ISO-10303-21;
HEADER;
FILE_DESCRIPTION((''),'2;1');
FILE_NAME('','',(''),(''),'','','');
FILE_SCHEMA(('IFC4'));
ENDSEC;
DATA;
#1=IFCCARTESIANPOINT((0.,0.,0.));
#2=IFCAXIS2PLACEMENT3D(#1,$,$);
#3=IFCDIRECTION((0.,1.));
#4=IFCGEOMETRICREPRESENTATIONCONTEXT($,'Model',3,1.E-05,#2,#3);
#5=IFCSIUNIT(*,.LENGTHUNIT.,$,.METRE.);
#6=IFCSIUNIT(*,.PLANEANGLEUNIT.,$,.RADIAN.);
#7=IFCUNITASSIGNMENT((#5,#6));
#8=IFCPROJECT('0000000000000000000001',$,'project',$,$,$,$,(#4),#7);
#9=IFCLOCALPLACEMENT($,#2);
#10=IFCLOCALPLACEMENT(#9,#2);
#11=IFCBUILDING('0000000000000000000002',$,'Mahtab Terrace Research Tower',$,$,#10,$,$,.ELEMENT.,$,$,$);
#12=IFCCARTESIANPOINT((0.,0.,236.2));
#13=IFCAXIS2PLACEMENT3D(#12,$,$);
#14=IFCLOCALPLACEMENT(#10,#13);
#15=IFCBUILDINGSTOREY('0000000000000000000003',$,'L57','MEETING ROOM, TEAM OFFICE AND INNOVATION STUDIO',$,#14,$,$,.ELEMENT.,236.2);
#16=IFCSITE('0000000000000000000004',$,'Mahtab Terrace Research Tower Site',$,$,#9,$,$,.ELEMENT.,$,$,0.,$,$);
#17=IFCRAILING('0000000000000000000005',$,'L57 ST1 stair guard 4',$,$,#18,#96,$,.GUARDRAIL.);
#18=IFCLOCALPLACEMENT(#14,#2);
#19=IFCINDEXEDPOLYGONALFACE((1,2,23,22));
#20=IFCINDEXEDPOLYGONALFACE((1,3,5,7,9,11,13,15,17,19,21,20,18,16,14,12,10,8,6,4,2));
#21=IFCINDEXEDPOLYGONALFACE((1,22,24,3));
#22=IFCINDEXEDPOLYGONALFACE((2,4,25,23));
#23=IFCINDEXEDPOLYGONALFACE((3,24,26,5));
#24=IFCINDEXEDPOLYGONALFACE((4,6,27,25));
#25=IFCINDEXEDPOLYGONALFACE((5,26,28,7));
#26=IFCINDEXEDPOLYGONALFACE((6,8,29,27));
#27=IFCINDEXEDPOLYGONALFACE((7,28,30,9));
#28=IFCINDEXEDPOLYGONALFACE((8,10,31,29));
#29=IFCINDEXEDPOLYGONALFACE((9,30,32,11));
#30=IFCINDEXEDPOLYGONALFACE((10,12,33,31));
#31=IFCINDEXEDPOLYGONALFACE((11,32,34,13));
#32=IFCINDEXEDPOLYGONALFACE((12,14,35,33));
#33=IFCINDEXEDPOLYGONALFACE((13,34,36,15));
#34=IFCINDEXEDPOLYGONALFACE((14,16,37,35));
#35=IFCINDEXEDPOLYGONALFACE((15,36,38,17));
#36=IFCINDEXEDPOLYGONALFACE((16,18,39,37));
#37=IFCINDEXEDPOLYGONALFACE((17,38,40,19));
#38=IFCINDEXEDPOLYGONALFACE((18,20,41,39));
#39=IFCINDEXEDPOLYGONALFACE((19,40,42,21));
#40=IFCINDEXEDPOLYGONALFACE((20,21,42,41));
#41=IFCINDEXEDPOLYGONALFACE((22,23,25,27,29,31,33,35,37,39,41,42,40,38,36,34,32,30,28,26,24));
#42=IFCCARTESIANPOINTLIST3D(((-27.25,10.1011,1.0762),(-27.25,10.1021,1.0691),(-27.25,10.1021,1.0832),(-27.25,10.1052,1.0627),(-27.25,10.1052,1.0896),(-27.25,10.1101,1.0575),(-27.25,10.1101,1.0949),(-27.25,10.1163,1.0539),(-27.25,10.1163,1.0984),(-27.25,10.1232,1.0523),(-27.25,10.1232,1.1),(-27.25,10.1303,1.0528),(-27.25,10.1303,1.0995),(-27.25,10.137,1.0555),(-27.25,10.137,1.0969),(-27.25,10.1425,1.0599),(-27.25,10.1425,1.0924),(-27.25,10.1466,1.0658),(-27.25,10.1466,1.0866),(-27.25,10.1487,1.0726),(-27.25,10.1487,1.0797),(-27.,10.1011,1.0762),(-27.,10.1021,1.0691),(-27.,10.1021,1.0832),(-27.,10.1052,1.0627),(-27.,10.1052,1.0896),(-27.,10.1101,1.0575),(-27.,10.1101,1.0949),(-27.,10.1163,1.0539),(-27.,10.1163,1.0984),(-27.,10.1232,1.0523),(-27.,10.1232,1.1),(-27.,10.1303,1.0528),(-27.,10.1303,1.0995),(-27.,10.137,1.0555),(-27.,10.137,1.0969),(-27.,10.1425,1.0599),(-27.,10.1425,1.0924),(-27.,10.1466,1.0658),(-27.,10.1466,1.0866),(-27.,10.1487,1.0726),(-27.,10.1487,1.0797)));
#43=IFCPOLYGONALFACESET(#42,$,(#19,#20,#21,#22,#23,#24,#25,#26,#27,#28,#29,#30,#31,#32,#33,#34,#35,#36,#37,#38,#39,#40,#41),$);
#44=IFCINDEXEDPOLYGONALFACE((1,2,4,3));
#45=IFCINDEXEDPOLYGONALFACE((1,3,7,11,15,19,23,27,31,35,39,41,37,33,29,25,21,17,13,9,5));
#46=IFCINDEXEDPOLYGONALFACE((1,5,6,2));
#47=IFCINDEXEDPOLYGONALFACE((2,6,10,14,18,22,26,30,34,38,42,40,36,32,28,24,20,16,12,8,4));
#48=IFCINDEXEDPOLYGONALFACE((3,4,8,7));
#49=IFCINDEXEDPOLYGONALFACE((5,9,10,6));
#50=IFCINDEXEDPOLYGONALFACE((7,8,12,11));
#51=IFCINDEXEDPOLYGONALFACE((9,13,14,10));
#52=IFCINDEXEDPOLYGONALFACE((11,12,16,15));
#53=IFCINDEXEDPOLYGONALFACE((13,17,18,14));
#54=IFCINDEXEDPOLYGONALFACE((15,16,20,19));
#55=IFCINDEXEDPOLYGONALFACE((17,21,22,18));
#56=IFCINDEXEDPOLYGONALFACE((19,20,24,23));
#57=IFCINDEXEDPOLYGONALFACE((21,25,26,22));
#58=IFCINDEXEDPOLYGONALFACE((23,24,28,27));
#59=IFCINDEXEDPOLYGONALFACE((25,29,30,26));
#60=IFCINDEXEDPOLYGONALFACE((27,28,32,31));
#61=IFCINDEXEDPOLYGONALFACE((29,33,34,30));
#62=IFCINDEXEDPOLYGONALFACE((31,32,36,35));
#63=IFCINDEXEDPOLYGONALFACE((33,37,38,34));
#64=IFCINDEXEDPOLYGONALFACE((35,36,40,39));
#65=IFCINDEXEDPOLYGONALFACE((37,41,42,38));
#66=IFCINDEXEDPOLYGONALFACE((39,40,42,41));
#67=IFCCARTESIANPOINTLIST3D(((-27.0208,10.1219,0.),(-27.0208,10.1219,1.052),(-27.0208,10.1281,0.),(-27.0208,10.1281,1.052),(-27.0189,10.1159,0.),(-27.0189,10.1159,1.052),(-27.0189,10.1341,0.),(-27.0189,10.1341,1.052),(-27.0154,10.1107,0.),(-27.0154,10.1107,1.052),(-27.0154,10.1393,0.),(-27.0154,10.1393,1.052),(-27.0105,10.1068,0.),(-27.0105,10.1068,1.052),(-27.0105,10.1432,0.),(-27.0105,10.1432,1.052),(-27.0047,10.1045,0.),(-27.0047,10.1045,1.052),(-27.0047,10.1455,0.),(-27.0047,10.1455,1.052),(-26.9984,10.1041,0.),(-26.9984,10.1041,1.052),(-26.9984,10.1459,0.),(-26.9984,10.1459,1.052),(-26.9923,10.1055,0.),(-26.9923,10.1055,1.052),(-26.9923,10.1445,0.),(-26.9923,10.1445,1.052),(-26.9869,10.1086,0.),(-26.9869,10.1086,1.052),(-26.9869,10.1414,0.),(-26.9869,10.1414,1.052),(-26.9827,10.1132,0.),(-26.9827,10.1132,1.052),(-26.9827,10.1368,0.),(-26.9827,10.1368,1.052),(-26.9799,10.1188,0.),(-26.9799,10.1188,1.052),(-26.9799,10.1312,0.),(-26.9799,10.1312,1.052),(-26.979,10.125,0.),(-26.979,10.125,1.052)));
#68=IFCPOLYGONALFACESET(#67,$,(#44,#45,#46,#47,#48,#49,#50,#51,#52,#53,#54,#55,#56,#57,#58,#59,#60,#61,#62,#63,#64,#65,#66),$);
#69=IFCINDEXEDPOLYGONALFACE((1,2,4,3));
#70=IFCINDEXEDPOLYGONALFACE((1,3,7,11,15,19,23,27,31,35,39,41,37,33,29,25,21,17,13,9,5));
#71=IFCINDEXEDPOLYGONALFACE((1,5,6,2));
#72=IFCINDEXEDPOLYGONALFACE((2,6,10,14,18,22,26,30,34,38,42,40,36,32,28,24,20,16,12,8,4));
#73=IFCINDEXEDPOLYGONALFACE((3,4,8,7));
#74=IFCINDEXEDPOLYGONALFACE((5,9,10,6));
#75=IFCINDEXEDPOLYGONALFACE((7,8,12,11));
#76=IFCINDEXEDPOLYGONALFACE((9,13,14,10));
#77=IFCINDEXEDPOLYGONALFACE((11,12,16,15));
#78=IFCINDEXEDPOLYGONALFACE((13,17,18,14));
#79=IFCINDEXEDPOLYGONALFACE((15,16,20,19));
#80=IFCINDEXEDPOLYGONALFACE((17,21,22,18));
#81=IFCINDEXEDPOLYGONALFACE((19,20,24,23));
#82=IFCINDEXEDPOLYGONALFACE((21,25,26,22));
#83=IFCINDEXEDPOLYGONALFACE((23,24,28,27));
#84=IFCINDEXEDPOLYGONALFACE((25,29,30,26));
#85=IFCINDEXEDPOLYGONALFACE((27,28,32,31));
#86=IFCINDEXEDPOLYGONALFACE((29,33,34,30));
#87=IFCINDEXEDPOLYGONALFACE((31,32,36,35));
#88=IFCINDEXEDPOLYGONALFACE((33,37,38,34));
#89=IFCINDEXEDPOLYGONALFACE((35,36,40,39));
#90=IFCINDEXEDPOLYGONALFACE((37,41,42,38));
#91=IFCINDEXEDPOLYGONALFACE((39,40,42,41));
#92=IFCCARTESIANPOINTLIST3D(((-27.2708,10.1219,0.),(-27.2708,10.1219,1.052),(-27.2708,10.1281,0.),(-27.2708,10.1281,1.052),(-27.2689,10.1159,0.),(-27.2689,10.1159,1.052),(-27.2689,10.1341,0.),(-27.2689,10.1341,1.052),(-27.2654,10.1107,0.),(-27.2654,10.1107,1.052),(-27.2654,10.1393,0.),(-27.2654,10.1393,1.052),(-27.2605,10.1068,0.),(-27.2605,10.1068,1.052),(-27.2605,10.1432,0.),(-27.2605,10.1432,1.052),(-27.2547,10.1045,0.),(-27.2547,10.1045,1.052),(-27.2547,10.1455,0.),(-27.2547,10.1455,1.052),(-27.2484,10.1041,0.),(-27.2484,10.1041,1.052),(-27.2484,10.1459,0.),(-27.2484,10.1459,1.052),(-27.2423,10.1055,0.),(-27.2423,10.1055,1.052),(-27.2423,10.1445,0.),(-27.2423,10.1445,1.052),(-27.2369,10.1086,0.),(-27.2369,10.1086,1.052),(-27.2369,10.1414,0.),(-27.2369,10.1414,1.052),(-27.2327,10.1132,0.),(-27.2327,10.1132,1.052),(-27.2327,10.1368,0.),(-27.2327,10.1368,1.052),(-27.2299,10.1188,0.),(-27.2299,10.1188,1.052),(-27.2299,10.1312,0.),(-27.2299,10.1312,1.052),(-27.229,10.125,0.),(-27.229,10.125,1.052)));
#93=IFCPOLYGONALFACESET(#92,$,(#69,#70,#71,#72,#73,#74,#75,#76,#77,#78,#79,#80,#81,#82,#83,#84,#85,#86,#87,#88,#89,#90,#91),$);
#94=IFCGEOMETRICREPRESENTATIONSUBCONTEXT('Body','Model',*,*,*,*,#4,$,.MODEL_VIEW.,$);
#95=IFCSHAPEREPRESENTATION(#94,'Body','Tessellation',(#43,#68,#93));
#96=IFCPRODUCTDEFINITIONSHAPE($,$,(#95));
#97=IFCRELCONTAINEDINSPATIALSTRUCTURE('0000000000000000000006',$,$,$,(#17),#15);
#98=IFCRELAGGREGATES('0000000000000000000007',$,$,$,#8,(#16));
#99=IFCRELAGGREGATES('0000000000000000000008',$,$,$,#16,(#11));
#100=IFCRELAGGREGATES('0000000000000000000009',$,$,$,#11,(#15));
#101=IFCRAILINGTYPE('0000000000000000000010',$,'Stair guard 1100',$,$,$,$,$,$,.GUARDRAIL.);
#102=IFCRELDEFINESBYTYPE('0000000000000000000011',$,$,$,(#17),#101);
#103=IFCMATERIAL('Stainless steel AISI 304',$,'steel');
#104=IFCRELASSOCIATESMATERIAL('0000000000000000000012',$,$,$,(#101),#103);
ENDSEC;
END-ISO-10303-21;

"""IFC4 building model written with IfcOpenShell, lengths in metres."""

from ifc_helpers import new_model, si_unit, direction, frame, origin, origin_2d, place, context, subcontext, project, spatial, circle, extrude, material, type_object, element, save


model = new_model("IFC4")

# Units and contexts
model_context = context("Model", 3, precision=1e-05, world=origin(), true_north=direction((0.0, 1.0)))
body_context = subcontext(model_context, "Body", "Model", "MODEL_VIEW")
ifc_project = project(units=[si_unit("LENGTHUNIT", "METRE"), si_unit("PLANEANGLEUNIT", "RADIAN")], contexts=[model_context])

# Site, building, storey
site_placement = place(None, origin())
site = spatial("IfcSite", under=ifc_project, at=site_placement, Name="Mahtab Terrace Research Tower Site", CompositionType="ELEMENT", RefElevation=0.0)
building_placement = place(site_placement, origin())
building = spatial("IfcBuilding", under=site, at=building_placement, Name="Mahtab Terrace Research Tower", CompositionType="ELEMENT")
storey_placement = place(building_placement, frame((0.0, 0.0, 236.2)))
storey = spatial("IfcBuildingStorey", under=building, at=storey_placement, Name="L57", Description="MEETING ROOM, TEAM OFFICE AND INNOVATION STUDIO", CompositionType="ELEMENT", Elevation=236.2)

# Railing
ifc_material_1 = material(Name="Stainless steel AISI 304", Category="steel")
railing_type_1 = type_object("IfcRailingType", Name="Stair guard 1100", PredefinedType="GUARDRAIL", material=ifc_material_1)
railing_1_placement = place(storey_placement, frame((-27.0, 10.125, 0.0)))
element("IfcRailing", 1, at=railing_1_placement, inside=storey, type_object=railing_type_1, Name="L57 ST1 stair guard 4", PredefinedType="GUARDRAIL", context=body_context, shape_type="SweptSolid", body=[
    extrude(circle(Radius=0.0239, at=origin_2d()), frame((0.0, 0.0, 1.0762), z_axis=(-1.0, 0.0, 0.0), x_axis=(0.0, -1.0, 0.0)), (0.0, 0.0, 1.0), 0.25),
    extrude(circle(Radius=0.021, at=origin_2d()), origin(), (0.0, 0.0, 1.0), 1.052),
    extrude(circle(Radius=0.021, at=origin_2d()), frame((-0.25, 0.0, 0.0)), (0.0, 0.0, 1.0), 1.052),
])

save(model, "model.ifc")
